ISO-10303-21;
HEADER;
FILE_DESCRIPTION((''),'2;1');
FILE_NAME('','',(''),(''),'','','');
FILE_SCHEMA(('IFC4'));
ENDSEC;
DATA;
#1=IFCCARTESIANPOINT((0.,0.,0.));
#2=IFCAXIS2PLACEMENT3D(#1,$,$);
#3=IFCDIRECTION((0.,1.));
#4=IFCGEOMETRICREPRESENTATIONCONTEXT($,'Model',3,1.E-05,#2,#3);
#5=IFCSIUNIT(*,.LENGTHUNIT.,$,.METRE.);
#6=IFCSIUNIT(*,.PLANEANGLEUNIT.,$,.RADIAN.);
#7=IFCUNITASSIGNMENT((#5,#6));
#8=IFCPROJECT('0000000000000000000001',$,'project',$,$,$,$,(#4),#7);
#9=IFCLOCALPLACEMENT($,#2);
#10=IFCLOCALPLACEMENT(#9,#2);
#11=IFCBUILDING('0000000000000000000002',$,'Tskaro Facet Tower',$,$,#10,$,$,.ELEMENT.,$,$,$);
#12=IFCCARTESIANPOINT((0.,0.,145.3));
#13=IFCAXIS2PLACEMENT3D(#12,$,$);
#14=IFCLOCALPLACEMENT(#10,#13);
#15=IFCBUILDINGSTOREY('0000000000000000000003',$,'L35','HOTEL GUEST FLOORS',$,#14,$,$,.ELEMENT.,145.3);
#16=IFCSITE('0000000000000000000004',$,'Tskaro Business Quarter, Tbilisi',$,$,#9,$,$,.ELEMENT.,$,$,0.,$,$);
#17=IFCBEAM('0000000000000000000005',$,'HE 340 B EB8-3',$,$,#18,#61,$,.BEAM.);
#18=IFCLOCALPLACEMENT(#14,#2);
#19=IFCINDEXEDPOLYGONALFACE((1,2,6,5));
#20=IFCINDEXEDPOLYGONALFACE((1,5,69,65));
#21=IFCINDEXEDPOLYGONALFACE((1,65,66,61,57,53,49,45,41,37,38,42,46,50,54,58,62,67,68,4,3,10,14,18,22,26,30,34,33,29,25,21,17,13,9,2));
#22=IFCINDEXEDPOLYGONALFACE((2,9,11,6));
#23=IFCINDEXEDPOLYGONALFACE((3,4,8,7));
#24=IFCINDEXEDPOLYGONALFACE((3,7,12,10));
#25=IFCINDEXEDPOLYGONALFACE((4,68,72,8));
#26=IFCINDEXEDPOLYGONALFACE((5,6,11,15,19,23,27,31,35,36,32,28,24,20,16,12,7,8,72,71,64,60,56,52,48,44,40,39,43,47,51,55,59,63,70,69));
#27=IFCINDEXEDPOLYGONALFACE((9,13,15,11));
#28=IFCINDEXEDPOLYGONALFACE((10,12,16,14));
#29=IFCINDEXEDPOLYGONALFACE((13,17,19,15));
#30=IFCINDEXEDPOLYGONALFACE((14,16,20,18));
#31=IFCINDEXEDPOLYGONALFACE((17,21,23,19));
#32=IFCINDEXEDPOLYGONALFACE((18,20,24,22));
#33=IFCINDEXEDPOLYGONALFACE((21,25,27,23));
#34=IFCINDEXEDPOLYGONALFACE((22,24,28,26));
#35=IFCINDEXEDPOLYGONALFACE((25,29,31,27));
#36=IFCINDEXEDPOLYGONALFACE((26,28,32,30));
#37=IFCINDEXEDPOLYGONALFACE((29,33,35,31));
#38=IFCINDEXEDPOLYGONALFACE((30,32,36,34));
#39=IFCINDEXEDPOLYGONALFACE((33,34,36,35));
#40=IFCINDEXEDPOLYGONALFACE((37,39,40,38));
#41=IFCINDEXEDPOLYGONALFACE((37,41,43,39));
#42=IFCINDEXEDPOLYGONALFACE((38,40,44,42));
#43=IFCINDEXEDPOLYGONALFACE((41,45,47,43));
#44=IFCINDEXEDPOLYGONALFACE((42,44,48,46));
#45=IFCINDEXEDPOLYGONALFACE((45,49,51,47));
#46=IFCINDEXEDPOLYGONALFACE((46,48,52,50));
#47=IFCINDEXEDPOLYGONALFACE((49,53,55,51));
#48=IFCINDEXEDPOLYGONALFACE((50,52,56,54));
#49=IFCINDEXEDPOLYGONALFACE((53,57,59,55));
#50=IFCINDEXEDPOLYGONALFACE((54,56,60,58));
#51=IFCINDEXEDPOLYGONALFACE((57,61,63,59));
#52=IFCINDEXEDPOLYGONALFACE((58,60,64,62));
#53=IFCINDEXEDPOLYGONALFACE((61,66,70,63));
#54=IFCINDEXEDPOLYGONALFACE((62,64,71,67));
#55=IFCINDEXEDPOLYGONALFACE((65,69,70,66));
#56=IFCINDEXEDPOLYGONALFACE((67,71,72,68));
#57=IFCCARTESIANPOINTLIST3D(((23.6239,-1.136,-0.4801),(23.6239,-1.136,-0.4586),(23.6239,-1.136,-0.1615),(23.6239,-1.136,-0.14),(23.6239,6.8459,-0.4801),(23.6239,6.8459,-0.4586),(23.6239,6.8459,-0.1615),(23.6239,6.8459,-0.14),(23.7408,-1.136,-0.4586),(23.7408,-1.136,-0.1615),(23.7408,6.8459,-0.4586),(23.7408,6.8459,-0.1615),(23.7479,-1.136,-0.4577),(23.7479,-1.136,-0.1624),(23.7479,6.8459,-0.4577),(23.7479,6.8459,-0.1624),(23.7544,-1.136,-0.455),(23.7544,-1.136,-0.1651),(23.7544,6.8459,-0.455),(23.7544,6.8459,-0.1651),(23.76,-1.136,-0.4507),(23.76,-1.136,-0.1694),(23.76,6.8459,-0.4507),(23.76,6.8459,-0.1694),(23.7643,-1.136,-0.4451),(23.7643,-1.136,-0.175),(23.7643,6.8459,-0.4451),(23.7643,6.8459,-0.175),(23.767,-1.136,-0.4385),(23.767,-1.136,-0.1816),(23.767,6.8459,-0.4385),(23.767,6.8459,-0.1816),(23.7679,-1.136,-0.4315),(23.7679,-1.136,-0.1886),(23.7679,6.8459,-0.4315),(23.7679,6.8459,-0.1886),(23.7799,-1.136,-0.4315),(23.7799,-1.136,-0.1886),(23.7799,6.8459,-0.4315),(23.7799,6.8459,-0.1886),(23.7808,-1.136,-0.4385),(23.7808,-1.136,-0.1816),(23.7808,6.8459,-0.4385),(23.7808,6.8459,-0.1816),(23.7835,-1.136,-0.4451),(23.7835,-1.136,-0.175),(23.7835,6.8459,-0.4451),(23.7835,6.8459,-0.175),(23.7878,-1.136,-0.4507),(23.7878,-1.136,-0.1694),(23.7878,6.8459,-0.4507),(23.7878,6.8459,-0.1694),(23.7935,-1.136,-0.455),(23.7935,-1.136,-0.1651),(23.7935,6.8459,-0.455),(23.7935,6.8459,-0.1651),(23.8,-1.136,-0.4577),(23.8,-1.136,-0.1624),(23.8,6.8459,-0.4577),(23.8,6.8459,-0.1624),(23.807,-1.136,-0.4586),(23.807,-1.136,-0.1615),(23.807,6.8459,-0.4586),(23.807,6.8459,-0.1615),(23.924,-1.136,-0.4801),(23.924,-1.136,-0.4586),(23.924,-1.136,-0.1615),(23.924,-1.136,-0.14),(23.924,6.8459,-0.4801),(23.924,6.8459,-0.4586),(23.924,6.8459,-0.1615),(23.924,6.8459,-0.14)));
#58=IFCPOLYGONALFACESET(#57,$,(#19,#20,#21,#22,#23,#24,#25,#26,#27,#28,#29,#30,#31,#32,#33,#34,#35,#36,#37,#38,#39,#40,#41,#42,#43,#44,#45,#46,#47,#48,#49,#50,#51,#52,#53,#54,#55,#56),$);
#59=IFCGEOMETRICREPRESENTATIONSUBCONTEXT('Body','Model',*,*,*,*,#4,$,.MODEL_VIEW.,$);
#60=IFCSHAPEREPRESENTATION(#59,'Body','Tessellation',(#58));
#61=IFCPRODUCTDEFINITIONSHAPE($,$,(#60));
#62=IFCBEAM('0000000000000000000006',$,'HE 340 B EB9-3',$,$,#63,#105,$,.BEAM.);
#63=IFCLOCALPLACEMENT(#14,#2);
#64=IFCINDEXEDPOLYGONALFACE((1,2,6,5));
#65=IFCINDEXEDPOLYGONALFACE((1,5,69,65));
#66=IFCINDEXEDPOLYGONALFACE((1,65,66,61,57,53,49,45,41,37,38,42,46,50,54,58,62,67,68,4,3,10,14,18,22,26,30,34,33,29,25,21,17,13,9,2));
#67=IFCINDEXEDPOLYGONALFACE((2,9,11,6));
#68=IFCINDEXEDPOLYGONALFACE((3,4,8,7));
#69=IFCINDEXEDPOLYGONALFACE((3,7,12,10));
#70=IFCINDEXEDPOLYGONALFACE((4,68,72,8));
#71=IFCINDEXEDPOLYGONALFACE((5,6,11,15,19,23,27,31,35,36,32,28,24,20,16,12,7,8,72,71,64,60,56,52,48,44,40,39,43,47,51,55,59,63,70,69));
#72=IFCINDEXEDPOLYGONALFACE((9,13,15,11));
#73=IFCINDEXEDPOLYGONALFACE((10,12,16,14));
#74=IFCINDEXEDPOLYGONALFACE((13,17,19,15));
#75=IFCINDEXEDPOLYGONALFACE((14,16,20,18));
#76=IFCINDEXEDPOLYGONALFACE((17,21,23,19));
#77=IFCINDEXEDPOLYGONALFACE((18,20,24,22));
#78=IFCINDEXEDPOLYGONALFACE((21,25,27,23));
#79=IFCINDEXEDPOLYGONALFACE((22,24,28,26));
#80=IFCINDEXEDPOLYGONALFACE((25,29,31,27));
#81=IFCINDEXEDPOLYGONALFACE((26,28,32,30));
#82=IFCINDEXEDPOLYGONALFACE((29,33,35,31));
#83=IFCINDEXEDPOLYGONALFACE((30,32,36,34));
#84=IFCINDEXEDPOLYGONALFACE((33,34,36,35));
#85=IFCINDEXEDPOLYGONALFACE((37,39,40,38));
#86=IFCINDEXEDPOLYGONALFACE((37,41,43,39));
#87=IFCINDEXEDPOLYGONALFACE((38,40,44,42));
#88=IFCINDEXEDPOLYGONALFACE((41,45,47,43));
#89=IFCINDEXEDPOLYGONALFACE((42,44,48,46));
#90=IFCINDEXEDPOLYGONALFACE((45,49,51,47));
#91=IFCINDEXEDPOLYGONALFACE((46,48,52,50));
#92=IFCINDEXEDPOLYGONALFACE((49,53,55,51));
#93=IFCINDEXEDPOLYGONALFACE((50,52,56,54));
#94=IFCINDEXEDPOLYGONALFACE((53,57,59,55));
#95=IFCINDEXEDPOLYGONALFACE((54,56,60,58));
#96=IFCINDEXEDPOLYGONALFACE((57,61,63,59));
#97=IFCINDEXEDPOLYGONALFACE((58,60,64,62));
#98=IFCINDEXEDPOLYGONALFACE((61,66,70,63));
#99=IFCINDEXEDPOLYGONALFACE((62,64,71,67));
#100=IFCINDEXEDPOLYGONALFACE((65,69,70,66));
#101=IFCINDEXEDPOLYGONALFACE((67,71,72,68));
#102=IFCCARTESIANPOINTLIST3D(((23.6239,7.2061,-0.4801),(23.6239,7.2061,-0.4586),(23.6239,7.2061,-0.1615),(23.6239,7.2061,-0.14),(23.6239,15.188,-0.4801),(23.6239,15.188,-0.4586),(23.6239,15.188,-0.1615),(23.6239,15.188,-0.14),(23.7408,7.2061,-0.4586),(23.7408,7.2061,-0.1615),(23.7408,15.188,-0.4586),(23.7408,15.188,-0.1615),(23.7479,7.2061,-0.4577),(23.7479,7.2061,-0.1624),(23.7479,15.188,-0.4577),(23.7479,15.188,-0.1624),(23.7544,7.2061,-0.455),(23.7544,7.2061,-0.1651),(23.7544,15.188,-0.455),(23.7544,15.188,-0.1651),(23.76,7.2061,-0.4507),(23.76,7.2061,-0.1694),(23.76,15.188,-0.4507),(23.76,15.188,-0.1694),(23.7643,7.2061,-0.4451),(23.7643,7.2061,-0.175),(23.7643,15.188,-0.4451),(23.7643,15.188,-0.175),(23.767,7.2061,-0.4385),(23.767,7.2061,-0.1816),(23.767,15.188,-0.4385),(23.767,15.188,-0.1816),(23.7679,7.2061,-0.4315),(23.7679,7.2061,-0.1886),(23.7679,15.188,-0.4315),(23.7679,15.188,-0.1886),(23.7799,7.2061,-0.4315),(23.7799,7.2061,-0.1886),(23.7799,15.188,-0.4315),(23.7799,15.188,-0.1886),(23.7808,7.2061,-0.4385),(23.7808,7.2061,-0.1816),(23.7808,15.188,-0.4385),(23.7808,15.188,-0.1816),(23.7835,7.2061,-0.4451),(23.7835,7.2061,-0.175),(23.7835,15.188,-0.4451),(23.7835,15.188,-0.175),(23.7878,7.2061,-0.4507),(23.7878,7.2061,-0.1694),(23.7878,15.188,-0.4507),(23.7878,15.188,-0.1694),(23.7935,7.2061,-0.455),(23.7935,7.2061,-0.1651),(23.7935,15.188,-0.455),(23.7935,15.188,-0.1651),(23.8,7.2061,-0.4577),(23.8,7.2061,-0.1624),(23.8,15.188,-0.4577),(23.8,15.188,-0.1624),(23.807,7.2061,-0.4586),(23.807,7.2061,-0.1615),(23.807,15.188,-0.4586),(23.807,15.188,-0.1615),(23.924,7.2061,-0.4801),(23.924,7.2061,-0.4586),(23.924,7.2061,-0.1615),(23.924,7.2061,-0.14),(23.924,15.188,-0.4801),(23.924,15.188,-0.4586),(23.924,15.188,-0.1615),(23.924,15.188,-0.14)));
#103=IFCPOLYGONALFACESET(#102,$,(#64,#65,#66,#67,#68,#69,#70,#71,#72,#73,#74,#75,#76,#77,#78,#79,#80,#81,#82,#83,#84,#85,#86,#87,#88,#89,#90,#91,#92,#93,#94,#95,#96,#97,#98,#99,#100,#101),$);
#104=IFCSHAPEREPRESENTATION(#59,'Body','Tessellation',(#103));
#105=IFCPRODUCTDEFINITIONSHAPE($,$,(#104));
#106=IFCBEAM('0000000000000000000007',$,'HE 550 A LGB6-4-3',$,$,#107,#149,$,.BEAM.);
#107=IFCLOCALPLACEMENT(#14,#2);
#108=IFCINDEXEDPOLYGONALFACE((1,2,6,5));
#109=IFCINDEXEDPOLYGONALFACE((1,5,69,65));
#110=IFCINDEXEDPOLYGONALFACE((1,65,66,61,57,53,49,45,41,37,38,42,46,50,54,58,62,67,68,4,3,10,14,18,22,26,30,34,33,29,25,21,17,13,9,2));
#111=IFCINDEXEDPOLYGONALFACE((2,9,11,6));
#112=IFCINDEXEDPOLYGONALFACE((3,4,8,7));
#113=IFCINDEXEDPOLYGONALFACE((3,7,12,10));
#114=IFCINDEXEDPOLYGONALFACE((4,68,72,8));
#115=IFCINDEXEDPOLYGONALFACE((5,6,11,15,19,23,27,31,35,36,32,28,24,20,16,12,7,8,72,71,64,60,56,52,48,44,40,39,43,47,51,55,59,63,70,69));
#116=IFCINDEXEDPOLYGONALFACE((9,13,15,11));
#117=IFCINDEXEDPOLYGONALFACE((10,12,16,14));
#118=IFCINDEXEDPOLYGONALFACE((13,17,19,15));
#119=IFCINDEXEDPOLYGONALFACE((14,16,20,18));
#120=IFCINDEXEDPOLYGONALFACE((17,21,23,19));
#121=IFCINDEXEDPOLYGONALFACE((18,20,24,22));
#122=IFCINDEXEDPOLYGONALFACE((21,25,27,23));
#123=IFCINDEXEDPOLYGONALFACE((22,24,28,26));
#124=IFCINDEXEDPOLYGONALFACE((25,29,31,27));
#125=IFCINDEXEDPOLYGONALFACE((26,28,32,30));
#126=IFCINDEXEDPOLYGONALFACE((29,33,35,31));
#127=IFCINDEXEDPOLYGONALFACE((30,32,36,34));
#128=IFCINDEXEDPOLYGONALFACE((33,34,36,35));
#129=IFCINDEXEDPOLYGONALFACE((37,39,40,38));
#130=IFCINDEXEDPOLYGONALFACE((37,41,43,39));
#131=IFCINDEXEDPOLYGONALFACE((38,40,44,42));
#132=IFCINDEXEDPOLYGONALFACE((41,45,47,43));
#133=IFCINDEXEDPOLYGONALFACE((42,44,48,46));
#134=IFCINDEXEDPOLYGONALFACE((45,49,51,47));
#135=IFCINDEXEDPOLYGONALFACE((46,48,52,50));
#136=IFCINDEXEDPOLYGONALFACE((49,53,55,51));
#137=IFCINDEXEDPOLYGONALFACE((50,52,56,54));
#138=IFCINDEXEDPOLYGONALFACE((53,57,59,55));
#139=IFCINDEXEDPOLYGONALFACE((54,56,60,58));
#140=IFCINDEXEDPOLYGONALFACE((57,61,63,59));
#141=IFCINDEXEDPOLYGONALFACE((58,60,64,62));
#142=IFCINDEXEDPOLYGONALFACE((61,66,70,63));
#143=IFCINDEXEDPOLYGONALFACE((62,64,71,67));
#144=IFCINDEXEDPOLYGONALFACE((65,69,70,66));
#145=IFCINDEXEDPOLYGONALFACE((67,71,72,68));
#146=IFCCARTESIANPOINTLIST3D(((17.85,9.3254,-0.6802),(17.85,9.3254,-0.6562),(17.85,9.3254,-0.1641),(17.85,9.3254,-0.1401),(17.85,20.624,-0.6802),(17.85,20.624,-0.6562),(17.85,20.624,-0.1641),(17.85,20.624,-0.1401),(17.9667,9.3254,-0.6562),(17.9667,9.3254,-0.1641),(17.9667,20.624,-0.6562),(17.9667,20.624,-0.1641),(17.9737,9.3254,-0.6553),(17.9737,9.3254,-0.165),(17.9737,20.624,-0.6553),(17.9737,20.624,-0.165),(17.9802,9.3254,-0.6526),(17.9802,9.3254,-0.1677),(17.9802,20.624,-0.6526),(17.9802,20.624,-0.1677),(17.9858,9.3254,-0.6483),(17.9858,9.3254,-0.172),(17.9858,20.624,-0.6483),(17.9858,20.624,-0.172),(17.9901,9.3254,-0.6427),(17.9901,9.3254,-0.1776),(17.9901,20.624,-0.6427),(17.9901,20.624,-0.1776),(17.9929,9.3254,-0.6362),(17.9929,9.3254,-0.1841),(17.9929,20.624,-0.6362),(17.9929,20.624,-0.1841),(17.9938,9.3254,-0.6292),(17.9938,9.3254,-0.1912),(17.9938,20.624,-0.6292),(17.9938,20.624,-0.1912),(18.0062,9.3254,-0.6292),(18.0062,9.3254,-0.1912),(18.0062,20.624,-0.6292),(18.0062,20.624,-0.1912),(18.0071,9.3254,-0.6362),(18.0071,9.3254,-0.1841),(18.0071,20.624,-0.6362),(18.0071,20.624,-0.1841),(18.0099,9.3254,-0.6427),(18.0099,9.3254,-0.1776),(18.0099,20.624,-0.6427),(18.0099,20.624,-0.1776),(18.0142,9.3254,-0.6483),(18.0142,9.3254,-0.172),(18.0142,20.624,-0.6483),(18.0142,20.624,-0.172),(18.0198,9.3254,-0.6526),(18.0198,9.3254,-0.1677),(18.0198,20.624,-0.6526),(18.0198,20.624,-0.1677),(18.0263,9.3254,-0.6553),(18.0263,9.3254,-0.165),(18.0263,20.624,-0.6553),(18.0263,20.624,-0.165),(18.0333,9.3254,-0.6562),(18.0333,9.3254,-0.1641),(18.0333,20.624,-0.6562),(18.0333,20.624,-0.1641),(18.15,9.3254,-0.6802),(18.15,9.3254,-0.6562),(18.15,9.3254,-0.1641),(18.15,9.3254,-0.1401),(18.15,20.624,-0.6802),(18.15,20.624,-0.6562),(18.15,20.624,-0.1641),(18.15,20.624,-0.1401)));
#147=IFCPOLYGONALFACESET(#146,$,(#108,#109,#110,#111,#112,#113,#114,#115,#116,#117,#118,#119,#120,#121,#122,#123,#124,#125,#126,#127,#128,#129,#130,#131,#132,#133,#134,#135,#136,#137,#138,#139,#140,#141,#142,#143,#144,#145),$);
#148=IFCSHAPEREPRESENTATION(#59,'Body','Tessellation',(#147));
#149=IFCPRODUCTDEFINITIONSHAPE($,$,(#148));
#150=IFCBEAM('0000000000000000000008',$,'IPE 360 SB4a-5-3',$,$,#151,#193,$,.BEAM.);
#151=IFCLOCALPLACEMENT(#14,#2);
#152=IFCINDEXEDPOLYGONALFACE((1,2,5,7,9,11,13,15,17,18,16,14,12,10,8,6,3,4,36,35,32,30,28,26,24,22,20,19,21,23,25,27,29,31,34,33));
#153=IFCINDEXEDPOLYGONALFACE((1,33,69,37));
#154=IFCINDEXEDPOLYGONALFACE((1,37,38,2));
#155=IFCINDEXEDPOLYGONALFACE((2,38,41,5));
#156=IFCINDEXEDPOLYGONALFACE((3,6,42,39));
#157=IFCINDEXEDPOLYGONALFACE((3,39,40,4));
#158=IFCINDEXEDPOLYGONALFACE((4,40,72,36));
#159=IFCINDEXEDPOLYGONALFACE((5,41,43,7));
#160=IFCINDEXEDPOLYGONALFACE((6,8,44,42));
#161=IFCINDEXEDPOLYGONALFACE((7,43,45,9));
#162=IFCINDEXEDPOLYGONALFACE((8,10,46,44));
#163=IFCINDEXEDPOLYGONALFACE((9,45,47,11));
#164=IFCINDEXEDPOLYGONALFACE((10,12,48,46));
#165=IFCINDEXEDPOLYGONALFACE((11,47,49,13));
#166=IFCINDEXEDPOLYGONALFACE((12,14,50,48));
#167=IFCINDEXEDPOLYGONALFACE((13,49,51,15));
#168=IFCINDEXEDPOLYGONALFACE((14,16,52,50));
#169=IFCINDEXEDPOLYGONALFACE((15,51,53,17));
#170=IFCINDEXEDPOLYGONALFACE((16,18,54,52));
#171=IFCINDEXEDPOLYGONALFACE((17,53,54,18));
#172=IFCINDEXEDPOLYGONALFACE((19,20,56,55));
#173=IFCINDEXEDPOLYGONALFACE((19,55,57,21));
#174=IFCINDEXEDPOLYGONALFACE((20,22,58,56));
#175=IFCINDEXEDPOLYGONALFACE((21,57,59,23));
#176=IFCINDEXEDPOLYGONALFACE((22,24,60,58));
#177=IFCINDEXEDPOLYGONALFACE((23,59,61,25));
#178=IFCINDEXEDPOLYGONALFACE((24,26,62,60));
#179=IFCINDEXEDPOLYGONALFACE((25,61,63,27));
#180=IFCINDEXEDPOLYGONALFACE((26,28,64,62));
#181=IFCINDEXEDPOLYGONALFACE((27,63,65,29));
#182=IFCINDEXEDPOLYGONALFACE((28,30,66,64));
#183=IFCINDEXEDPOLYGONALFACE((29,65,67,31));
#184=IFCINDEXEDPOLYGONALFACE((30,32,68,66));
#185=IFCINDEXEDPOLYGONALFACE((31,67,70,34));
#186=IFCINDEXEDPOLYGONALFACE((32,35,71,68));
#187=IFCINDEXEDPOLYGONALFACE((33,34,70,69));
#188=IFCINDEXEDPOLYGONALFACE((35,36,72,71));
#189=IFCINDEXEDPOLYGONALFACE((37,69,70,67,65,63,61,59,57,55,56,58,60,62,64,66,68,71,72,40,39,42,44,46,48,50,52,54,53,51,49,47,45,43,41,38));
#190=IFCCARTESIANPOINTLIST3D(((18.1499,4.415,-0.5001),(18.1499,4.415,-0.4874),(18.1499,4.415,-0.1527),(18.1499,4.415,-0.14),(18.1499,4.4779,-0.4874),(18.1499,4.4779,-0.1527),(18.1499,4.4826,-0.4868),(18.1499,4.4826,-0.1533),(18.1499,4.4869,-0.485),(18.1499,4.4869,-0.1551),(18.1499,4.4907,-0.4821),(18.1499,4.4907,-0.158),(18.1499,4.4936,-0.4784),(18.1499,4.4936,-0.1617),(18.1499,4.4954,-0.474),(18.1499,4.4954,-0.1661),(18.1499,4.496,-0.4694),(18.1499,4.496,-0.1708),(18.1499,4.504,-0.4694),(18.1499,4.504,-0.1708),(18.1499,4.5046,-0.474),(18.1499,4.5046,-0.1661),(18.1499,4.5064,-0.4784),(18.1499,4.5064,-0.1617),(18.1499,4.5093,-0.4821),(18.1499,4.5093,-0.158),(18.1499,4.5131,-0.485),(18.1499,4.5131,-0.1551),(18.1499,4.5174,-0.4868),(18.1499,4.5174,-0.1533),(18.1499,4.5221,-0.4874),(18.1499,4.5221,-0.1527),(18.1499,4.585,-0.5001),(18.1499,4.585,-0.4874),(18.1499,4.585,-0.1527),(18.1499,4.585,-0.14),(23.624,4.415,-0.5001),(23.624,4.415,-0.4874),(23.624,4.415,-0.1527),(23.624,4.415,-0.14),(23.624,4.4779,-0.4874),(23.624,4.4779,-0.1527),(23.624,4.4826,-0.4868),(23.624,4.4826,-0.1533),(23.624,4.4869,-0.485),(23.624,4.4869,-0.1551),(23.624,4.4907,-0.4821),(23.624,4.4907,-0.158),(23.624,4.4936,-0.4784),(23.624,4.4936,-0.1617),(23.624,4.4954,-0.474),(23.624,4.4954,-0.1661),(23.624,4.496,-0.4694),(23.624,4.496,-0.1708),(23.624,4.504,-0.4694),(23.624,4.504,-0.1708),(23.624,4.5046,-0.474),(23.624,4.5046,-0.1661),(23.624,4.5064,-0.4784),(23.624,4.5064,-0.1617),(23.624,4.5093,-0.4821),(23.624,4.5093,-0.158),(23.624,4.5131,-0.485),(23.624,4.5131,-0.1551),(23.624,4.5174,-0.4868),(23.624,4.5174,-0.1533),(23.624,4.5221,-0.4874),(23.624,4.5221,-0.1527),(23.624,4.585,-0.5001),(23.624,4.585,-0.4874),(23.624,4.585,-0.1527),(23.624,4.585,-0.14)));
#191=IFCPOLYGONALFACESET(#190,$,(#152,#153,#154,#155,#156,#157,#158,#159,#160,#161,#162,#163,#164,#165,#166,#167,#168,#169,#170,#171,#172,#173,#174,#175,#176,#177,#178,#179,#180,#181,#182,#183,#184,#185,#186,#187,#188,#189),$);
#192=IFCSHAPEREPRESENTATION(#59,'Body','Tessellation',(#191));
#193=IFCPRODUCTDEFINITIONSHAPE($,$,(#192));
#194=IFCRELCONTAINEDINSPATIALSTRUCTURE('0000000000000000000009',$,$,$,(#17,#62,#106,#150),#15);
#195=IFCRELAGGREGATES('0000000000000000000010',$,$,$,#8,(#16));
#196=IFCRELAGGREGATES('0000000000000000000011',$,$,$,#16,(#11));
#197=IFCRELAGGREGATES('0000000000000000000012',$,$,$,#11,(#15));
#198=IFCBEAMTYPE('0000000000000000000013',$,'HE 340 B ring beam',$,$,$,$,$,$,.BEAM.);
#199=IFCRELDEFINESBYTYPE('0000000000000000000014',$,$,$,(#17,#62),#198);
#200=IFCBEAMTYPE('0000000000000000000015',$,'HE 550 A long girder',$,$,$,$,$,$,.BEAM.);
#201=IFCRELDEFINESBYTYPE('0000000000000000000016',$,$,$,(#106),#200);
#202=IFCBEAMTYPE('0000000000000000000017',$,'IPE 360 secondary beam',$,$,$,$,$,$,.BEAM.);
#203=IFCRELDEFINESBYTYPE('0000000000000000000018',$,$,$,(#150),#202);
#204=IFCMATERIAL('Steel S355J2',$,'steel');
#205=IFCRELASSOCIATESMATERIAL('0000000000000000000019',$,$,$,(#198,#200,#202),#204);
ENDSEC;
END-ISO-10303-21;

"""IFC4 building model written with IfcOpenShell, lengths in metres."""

from ifc_helpers import new_model, si_unit, direction, frame, origin, origin_2d, place, context, subcontext, project, spatial, i_section, extrude, material, material_profile, profile_set, type_object, element, save


model = new_model("IFC4")

# Units and contexts
model_context = context("Model", 3, precision=1e-05, world=origin(), true_north=direction((0.0, 1.0)))
body_context = subcontext(model_context, "Body", "Model", "MODEL_VIEW")
ifc_project = project(units=[si_unit("LENGTHUNIT", "METRE"), si_unit("PLANEANGLEUNIT", "RADIAN")], contexts=[model_context])

# Site, building, storey
site_placement = place(None, origin())
site = spatial("IfcSite", under=ifc_project, at=site_placement, Name="Tskaro Business Quarter, Tbilisi", CompositionType="ELEMENT", RefElevation=0.0)
building_placement = place(site_placement, origin())
building = spatial("IfcBuilding", under=site, at=building_placement, Name="Tskaro Facet Tower", CompositionType="ELEMENT")
storey_placement = place(building_placement, frame((0.0, 0.0, 145.3)))
storey = spatial("IfcBuildingStorey", under=building, at=storey_placement, Name="L35", Description="HOTEL GUEST FLOORS", CompositionType="ELEMENT", Elevation=145.3)

# Beams
ifc_material_1 = material(Name="Steel S355J2", Category="steel")
ifc_material_profile_1 = material_profile(ifc_material_1, i_section(OverallWidth=0.3, OverallDepth=0.3401, WebThickness=0.012, FlangeThickness=0.0215, FilletRadius=0.0271, at=origin_2d()), Name="HE 340 B")
ifc_profile_set_1 = profile_set([ifc_material_profile_1], Name="Steel S355J2")
beam_type_1 = type_object("IfcBeamType", Name="HE 340 B ring beam", PredefinedType="BEAM", material=ifc_profile_set_1)
for number, where, z_axis, x_axis, name in (
    (1, (23.7739, -1.136, -0.3101), (0.0, 1.0, 0.0), (-1.0, 0.0, 0.0), "HE 340 B EB8-3"),
    (2, (23.7739, 7.2061, -0.3101), (0.0, 1.0, 0.0), (-1.0, 0.0, 0.0), "HE 340 B EB9-3"),
):
    element("IfcBeam", number, at=place(storey_placement, frame(where, z_axis=z_axis, x_axis=x_axis)), inside=storey, type_object=beam_type_1, Name=name, PredefinedType="BEAM", context=body_context, shape_type="SweptSolid", body=[
        extrude(i_section(OverallWidth=0.3, OverallDepth=0.3401, WebThickness=0.012, FlangeThickness=0.0215, FilletRadius=0.0271, at=origin_2d()), origin(), (0.0, 0.0, 1.0), 7.9819),
    ])
ifc_material_profile_2 = material_profile(ifc_material_1, i_section(OverallWidth=0.3, OverallDepth=0.54, WebThickness=0.0125, FlangeThickness=0.0239, FilletRadius=0.0271, at=origin_2d()), Name="HE 550 A")
ifc_profile_set_2 = profile_set([ifc_material_profile_2], Name="Steel S355J2")
beam_type_2 = type_object("IfcBeamType", Name="HE 550 A long girder", PredefinedType="BEAM", material=ifc_profile_set_2)
beam_1_placement = place(storey_placement, frame((18.0, 9.3254, -0.4102), z_axis=(0.0, 1.0, 0.0), x_axis=(-1.0, 0.0, 0.0)))
element("IfcBeam", 3, at=beam_1_placement, inside=storey, type_object=beam_type_2, Name="HE 550 A LGB6-4-3", PredefinedType="BEAM", context=body_context, shape_type="SweptSolid", body=[
    extrude(i_section(OverallWidth=0.3, OverallDepth=0.54, WebThickness=0.0125, FlangeThickness=0.0239, FilletRadius=0.0271, at=origin_2d()), origin(), (0.0, 0.0, 1.0), 11.2986),
])
ifc_material_profile_3 = material_profile(ifc_material_1, i_section(OverallWidth=0.1699, OverallDepth=0.3601, WebThickness=0.0081, FlangeThickness=0.0127, FilletRadius=0.0181, at=origin_2d()), Name="IPE 360")
ifc_profile_set_3 = profile_set([ifc_material_profile_3], Name="Steel S355J2")
beam_type_3 = type_object("IfcBeamType", Name="IPE 360 secondary beam", PredefinedType="BEAM", material=ifc_profile_set_3)
beam_2_placement = place(storey_placement, frame((18.1499, 4.5, -0.3201), z_axis=(1.0, 0.0, 0.0), x_axis=(0.0, 1.0, 0.0)))
element("IfcBeam", 4, at=beam_2_placement, inside=storey, type_object=beam_type_3, Name="IPE 360 SB4a-5-3", PredefinedType="BEAM", context=body_context, shape_type="SweptSolid", body=[
    extrude(i_section(OverallWidth=0.1699, OverallDepth=0.3601, WebThickness=0.0081, FlangeThickness=0.0127, FilletRadius=0.0181, at=origin_2d()), origin(), (0.0, 0.0, 1.0), 5.4741),
])

save(model, "model.ifc")
